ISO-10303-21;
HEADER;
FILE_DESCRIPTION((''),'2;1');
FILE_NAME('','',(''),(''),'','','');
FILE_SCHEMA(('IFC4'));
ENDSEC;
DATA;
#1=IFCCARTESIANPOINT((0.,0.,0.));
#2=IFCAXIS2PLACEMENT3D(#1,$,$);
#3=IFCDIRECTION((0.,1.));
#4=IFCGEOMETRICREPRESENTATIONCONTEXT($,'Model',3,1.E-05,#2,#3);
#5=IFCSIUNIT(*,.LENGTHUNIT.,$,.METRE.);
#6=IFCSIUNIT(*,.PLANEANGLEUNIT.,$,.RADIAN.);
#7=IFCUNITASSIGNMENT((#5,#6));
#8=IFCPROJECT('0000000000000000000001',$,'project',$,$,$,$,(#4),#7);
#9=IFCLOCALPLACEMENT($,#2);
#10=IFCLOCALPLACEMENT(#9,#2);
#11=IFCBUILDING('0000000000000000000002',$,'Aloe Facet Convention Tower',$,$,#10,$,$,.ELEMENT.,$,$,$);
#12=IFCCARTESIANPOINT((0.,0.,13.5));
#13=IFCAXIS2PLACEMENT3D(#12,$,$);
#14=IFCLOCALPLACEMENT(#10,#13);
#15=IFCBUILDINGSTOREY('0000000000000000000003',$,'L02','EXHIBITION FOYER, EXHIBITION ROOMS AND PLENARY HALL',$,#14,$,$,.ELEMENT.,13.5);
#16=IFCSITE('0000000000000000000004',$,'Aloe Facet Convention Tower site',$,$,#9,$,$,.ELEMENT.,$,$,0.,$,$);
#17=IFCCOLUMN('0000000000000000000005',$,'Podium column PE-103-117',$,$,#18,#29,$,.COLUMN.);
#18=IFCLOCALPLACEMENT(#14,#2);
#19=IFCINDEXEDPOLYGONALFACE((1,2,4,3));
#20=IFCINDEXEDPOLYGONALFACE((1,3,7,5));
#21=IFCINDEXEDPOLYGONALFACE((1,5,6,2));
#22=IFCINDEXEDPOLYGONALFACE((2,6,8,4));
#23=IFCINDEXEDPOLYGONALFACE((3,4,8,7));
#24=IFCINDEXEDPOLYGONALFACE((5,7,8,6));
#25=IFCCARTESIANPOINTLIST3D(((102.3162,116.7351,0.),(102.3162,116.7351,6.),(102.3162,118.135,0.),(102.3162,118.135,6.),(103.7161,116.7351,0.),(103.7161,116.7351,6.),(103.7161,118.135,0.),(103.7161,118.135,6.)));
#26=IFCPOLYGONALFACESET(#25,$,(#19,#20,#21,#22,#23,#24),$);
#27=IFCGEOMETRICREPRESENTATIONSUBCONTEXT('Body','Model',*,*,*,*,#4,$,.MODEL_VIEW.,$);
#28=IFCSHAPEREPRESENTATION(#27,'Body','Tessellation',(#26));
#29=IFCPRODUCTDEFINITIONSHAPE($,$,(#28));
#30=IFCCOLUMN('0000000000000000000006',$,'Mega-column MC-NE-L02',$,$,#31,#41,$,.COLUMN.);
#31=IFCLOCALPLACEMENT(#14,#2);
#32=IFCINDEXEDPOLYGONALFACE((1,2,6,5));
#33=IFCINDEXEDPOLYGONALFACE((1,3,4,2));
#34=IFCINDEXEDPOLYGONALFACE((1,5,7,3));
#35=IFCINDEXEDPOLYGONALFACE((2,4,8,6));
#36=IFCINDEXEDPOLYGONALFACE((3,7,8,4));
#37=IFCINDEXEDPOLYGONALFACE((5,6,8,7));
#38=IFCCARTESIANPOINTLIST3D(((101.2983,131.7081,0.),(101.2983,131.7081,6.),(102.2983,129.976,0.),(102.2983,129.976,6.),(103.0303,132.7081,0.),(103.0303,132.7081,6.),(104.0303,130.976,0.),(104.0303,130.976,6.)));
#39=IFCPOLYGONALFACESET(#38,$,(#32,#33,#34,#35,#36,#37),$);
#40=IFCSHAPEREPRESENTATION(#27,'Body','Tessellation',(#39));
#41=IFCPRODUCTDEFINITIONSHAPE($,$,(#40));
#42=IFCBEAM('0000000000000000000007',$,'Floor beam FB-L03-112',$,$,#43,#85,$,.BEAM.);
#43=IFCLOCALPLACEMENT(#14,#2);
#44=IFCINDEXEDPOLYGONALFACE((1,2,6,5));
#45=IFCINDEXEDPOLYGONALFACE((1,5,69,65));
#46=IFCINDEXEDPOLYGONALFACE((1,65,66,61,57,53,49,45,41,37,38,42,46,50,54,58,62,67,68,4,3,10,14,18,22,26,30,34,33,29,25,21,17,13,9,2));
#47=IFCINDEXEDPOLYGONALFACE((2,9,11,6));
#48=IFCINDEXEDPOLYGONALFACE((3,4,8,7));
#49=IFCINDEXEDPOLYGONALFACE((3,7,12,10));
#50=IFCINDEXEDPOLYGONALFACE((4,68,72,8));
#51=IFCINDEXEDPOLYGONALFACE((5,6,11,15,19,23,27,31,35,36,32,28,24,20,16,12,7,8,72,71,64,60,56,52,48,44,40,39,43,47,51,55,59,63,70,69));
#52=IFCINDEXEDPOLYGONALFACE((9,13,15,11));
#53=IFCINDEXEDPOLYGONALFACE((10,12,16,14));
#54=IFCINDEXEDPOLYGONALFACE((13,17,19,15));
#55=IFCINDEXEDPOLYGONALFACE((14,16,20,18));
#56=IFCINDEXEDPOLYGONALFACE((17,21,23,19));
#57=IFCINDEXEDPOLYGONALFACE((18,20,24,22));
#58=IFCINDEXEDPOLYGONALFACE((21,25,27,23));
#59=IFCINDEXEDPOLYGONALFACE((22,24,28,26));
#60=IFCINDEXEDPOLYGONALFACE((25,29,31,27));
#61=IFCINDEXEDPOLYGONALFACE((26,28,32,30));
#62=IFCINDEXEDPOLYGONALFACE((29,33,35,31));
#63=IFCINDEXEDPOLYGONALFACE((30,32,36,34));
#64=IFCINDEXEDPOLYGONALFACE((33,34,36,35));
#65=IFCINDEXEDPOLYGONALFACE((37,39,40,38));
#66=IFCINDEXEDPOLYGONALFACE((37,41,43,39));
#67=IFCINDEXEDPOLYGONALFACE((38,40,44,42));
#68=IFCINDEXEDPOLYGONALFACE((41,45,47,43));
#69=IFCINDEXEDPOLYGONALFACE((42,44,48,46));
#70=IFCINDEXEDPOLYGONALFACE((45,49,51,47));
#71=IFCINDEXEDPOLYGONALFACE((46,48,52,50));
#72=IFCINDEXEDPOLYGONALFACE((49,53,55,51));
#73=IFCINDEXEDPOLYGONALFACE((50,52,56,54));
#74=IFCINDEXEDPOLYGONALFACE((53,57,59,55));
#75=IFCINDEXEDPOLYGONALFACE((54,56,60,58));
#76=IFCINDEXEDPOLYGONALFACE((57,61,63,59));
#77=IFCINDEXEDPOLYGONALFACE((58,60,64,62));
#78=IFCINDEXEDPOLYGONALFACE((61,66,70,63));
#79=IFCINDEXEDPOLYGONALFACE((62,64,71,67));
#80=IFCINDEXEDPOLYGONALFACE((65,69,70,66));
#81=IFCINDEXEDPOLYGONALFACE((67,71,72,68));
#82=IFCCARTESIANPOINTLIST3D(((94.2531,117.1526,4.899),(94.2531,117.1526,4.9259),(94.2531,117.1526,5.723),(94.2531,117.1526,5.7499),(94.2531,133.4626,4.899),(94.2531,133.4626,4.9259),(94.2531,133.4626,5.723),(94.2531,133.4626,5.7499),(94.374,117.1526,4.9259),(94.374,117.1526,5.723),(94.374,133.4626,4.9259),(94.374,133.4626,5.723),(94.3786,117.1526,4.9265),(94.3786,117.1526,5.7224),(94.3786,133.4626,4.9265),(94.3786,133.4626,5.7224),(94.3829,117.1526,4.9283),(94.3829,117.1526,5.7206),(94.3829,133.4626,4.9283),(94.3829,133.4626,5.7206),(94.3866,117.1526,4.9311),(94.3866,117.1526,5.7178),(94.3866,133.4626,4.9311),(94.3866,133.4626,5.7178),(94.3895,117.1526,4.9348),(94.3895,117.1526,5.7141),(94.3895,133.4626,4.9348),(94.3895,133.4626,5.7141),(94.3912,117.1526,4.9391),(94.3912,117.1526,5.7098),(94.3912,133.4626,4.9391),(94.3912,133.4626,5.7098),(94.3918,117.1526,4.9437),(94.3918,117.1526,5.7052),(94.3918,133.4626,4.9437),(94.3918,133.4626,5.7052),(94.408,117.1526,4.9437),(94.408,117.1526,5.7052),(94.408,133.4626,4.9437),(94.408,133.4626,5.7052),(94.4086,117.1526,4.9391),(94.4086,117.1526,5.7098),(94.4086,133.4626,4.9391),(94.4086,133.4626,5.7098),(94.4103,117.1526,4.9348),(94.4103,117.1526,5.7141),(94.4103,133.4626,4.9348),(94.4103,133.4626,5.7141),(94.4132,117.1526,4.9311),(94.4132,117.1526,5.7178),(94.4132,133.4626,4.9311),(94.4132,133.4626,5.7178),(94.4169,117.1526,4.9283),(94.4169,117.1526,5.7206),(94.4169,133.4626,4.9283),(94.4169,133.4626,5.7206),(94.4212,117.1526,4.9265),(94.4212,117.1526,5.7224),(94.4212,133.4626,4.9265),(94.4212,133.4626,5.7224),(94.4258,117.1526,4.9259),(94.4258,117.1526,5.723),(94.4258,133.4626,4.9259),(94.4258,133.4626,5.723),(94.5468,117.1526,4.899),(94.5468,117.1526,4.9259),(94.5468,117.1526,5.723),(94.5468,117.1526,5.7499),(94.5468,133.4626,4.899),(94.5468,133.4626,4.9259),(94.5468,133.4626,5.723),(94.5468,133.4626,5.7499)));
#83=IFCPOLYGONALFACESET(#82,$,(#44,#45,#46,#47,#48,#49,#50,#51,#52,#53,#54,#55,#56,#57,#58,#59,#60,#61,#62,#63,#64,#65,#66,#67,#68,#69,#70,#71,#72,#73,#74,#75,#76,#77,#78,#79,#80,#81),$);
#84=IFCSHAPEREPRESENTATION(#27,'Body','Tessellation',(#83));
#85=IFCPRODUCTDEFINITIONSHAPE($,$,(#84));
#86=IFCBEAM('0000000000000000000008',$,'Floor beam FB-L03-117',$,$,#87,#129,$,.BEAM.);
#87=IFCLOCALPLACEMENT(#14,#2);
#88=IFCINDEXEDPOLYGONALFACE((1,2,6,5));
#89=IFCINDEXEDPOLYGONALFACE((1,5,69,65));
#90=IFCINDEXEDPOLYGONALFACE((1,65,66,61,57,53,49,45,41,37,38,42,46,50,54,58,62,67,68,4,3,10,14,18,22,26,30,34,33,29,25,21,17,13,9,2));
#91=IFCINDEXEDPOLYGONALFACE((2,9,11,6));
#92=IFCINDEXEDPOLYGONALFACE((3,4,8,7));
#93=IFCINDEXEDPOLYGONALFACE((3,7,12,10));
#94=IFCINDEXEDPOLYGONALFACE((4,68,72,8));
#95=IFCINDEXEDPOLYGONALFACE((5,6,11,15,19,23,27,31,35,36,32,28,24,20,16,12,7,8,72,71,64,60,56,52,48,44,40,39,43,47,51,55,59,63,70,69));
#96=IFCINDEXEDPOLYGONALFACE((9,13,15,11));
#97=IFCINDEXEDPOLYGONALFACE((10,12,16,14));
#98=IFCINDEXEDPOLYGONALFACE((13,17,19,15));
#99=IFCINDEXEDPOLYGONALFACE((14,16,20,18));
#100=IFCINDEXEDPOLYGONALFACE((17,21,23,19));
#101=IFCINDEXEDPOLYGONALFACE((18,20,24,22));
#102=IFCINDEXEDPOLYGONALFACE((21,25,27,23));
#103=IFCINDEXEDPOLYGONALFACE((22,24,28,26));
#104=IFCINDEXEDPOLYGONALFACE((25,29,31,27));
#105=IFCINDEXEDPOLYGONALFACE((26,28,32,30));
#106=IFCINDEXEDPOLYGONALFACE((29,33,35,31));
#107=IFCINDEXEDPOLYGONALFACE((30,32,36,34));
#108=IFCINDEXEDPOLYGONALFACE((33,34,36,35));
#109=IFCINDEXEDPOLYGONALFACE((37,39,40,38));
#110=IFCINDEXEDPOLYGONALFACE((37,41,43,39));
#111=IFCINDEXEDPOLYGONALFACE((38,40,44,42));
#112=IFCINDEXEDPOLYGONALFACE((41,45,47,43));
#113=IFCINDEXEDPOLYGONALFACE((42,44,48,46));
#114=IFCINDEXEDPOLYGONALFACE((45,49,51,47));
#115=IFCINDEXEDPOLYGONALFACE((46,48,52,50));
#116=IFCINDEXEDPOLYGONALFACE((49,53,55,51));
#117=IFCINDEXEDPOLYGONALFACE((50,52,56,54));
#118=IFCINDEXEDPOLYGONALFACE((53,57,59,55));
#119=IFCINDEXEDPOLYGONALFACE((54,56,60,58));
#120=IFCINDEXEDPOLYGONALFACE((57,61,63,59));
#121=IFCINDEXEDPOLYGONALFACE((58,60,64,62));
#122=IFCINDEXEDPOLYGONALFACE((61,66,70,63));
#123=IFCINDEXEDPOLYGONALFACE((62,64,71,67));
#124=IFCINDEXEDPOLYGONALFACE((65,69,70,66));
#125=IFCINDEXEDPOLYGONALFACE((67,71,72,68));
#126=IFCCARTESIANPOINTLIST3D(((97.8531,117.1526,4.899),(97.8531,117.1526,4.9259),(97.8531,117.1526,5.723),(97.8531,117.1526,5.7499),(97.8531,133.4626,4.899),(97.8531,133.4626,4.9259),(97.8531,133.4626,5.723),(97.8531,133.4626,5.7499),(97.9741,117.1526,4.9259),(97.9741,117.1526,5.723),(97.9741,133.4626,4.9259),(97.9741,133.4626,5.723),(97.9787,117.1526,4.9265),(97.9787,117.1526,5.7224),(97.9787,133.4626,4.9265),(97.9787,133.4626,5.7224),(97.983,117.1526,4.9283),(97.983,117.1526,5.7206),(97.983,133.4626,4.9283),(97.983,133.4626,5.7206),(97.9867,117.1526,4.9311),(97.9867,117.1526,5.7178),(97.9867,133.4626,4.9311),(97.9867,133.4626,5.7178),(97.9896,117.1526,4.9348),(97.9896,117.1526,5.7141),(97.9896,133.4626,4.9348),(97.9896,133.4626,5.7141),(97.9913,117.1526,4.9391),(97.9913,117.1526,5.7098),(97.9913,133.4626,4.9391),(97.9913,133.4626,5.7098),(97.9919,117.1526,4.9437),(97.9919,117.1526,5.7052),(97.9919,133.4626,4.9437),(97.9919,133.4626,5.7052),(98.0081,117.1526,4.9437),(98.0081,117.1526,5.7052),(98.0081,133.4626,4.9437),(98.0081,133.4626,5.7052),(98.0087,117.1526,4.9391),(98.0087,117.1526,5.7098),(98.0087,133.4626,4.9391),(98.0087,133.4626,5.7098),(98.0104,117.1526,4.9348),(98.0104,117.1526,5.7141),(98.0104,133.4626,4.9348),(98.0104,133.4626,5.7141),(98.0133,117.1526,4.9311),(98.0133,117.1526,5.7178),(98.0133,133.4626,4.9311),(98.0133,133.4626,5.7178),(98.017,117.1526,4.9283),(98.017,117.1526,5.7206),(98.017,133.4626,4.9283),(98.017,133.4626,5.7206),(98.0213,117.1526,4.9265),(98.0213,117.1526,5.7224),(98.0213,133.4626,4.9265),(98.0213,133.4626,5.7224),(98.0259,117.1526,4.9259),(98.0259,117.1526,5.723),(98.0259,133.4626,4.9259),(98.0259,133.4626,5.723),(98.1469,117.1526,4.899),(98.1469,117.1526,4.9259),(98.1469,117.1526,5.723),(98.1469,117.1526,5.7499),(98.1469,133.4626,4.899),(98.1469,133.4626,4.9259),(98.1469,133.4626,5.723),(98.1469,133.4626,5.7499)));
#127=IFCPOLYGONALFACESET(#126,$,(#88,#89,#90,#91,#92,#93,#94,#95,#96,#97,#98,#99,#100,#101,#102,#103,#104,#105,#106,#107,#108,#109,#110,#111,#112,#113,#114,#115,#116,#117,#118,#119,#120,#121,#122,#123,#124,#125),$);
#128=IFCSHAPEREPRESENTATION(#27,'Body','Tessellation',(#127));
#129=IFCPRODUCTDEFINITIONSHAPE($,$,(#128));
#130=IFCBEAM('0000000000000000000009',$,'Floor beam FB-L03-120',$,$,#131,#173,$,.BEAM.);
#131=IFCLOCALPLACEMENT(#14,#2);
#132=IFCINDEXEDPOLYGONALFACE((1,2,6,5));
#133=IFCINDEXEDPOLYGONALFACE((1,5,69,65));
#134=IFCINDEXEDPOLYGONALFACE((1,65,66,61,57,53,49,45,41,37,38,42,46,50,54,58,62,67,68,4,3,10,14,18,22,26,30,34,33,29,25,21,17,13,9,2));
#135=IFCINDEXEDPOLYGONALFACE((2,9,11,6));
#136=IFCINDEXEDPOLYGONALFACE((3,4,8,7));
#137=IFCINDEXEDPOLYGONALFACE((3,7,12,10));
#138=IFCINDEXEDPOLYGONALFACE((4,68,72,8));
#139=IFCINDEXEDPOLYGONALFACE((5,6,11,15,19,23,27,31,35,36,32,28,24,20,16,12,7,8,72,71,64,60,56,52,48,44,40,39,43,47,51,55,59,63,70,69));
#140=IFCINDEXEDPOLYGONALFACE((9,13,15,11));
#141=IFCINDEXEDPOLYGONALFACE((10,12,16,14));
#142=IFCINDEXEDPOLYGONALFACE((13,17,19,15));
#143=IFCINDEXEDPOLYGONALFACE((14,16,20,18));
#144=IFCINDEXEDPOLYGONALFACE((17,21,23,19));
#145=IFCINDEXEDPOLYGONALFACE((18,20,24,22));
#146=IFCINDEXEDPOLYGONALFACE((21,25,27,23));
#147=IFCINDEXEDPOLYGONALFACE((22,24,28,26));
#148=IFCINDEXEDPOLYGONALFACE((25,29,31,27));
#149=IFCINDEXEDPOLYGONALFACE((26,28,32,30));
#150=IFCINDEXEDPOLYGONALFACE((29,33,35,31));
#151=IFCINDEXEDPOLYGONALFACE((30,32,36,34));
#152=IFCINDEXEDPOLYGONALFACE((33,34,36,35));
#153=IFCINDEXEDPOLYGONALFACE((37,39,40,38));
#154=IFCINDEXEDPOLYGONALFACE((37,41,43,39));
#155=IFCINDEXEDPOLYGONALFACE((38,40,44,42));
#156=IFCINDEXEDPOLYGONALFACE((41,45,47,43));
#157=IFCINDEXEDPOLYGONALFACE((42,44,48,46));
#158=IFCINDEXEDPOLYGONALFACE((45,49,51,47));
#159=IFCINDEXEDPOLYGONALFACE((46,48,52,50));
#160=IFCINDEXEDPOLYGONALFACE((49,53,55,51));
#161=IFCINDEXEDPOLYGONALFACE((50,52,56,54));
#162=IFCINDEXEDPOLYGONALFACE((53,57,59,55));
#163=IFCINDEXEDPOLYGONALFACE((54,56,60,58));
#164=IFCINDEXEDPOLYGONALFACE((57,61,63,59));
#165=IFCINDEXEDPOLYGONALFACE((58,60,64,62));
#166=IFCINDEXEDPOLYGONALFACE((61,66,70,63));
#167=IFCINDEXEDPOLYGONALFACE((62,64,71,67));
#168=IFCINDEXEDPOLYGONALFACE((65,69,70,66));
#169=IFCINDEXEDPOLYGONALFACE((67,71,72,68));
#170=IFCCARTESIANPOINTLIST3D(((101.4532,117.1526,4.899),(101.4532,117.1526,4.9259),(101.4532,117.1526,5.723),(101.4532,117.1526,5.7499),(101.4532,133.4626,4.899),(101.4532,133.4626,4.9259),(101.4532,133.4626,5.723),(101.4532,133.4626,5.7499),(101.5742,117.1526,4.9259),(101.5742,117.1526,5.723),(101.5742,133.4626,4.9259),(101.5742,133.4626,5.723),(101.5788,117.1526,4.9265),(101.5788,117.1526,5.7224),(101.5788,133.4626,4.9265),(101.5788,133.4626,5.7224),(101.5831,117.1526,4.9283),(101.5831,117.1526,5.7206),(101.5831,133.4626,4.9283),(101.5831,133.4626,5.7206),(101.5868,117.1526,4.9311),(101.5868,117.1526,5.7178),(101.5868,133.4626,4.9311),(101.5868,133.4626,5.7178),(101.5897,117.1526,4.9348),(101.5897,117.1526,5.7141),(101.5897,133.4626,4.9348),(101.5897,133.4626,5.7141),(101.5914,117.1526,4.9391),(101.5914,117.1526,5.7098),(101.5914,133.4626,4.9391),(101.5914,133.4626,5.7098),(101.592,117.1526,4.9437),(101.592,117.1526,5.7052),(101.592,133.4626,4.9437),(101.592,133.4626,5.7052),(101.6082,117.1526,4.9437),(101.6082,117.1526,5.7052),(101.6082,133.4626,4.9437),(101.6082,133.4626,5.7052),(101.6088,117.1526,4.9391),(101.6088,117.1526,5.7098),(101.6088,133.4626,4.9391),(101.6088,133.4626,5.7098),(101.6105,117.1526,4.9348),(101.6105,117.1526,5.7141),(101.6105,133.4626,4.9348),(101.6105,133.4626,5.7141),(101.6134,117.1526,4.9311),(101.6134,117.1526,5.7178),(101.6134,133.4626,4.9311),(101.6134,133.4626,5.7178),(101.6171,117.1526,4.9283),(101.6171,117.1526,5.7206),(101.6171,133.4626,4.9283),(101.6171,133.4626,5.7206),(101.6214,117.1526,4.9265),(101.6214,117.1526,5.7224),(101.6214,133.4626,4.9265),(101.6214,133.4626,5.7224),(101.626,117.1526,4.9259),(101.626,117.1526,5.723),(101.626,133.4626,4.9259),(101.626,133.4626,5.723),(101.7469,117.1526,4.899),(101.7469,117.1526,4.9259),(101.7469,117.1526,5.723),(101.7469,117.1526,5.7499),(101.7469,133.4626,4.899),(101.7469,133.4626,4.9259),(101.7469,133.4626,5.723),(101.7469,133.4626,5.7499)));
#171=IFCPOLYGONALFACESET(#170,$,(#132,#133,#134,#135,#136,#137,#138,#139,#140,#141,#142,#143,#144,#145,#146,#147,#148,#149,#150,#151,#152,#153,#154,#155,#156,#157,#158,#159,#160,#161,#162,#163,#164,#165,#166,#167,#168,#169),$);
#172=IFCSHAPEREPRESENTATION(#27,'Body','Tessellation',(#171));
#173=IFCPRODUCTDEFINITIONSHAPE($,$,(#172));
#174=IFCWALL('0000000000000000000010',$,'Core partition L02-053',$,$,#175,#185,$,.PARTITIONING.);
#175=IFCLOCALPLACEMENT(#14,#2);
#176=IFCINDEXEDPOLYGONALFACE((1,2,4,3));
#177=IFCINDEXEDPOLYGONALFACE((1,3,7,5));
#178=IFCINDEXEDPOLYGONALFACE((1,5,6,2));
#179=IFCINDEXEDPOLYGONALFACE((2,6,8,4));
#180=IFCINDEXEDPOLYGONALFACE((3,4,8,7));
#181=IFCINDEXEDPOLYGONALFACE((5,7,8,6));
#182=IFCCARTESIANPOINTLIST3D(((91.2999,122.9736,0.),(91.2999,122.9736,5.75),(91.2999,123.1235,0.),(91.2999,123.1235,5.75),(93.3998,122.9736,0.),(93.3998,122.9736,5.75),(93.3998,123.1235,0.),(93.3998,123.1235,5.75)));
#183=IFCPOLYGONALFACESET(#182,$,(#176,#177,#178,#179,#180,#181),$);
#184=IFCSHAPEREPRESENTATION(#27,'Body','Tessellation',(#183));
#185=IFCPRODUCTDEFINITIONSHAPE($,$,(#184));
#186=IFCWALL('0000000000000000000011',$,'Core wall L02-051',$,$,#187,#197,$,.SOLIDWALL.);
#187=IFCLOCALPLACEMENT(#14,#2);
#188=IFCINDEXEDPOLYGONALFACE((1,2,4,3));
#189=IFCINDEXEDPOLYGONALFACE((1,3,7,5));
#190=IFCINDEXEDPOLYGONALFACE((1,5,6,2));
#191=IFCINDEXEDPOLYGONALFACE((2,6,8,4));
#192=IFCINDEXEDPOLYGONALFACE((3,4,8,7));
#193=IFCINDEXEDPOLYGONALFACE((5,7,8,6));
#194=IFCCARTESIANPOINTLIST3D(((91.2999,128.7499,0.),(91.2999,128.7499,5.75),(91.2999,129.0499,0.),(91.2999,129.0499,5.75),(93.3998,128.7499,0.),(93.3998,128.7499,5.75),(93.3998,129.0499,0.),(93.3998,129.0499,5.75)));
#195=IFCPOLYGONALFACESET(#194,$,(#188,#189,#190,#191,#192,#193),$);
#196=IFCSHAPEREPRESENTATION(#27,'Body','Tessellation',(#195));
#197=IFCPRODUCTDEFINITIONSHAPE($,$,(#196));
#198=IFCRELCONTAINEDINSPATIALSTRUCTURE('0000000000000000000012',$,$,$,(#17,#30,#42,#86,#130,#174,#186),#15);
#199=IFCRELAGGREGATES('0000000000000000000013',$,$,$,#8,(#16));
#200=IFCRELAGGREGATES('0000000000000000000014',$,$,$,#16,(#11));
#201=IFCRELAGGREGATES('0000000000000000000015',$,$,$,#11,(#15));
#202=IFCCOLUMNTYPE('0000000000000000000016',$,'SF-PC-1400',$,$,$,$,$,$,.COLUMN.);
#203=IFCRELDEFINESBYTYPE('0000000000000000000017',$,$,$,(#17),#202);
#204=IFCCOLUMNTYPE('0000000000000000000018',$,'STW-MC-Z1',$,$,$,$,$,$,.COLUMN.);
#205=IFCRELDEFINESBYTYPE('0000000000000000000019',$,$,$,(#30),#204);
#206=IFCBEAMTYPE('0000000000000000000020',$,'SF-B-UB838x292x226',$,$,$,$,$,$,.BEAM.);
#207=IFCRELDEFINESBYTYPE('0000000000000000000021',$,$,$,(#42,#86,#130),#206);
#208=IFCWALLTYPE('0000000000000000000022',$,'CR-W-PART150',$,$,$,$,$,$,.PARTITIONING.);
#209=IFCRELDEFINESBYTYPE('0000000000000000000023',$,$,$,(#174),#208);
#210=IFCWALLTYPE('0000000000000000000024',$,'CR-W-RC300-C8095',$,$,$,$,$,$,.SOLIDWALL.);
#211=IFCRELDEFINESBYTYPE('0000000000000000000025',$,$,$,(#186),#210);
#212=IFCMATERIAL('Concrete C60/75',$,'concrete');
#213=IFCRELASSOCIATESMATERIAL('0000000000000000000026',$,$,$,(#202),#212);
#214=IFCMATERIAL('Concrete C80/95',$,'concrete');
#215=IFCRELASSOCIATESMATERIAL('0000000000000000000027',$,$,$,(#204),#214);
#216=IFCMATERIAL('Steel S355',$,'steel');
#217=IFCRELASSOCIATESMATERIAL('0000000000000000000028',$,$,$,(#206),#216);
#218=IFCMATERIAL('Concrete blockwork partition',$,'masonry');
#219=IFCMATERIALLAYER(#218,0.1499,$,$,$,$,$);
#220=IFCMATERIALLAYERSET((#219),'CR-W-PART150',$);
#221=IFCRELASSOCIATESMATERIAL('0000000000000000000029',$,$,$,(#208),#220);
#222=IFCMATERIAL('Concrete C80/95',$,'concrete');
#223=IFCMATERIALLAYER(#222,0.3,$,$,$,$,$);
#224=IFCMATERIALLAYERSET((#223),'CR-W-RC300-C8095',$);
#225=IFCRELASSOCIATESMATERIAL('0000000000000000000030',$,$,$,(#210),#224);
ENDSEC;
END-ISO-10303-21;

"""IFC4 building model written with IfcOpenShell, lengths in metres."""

from ifc_helpers import new_model, si_unit, direction, frame, frame_2d, origin, origin_2d, place, context, subcontext, project, spatial, rectangle, i_section, extrude, material, layer, layer_set, material_profile, profile_set, type_object, element, save


model = new_model("IFC4")

# Units and contexts
model_context = context("Model", 3, precision=1e-05, world=origin(), true_north=direction((0.0, 1.0)))
body_context = subcontext(model_context, "Body", "Model", "MODEL_VIEW")
ifc_project = project(units=[si_unit("LENGTHUNIT", "METRE"), si_unit("PLANEANGLEUNIT", "RADIAN")], contexts=[model_context])

# Site, building, storey
site_placement = place(None, origin())
site = spatial("IfcSite", under=ifc_project, at=site_placement, Name="Aloe Facet Convention Tower site", CompositionType="ELEMENT", RefElevation=0.0)
building_placement = place(site_placement, origin())
building = spatial("IfcBuilding", under=site, at=building_placement, Name="Aloe Facet Convention Tower", CompositionType="ELEMENT")
storey_placement = place(building_placement, frame((0.0, 0.0, 13.5)))
storey = spatial("IfcBuildingStorey", under=building, at=storey_placement, Name="L02", Description="EXHIBITION FOYER, EXHIBITION ROOMS AND PLENARY HALL", CompositionType="ELEMENT", Elevation=13.5)

# Columns
ifc_material_1 = material(Name="Concrete C60/75", Category="concrete")
ifc_material_profile_1 = material_profile(ifc_material_1, rectangle(XDim=1.3999, YDim=1.3999, at=origin_2d()), Name="SF-PC-1400")
ifc_profile_set_1 = profile_set([ifc_material_profile_1], Name="Concrete C60/75")
column_type_1 = type_object("IfcColumnType", Name="SF-PC-1400", PredefinedType="COLUMN", material=ifc_profile_set_1)
column_1_placement = place(storey_placement, frame((103.0161, 117.4351, 0.0), z_axis=(0.0, 0.0, 1.0), x_axis=(1.0, 0.0, 0.0)))
element("IfcColumn", 1, at=column_1_placement, inside=storey, type_object=column_type_1, Name="Podium column PE-103-117", PredefinedType="COLUMN", context=body_context, shape_type="SweptSolid", body=[
    extrude(rectangle(XDim=1.3999, YDim=1.3999, at=origin_2d()), origin(), (0.0, 0.0, 1.0), 6.0),
])
ifc_material_2 = material(Name="Concrete C80/95", Category="concrete")
ifc_material_profile_2 = material_profile(ifc_material_2, rectangle(XDim=2.0, YDim=2.0, at=origin_2d()), Name="STW-MC-Z1")
ifc_profile_set_2 = profile_set([ifc_material_profile_2], Name="Concrete C80/95")
column_type_2 = type_object("IfcColumnType", Name="STW-MC-Z1", PredefinedType="COLUMN", material=ifc_profile_set_2)
column_2_placement = place(storey_placement, frame((102.6643, 131.342, 0.0), z_axis=(0.0, 0.0, 1.0), x_axis=(-0.5, 0.866025, 0.0)))
element("IfcColumn", 2, at=column_2_placement, inside=storey, type_object=column_type_2, Name="Mega-column MC-NE-L02", PredefinedType="COLUMN", context=body_context, shape_type="SweptSolid", body=[
    extrude(rectangle(XDim=2.0, YDim=2.0, at=origin_2d()), origin(), (0.0, 0.0, 1.0), 6.0),
])

# Beams
ifc_material_3 = material(Name="Steel S355", Category="steel")
ifc_material_profile_3 = material_profile(ifc_material_3, i_section(OverallWidth=0.2937, OverallDepth=0.8508, WebThickness=0.0161, FlangeThickness=0.0269, FilletRadius=0.0178, at=origin_2d()), Name="UB 838x292x226")
ifc_profile_set_3 = profile_set([ifc_material_profile_3], Name="Steel S355")
beam_type = type_object("IfcBeamType", Name="SF-B-UB838x292x226", PredefinedType="BEAM", material=ifc_profile_set_3)
for number, where, z_axis, x_axis, name in (
    (3, (94.3999, 117.1526, 5.3245), (0.0, 1.0, 0.0), (-1.0, 0.0, 0.0), "Floor beam FB-L03-112"),
    (4, (98.0, 117.1526, 5.3245), (0.0, 1.0, 0.0), (-1.0, 0.0, 0.0), "Floor beam FB-L03-117"),
    (5, (101.6001, 117.1526, 5.3245), (0.0, 1.0, 0.0), (-1.0, 0.0, 0.0), "Floor beam FB-L03-120"),
):
    element("IfcBeam", number, at=place(storey_placement, frame(where, z_axis=z_axis, x_axis=x_axis)), inside=storey, type_object=beam_type, Name=name, PredefinedType="BEAM", context=body_context, shape_type="SweptSolid", body=[
        extrude(i_section(OverallWidth=0.2937, OverallDepth=0.8508, WebThickness=0.0161, FlangeThickness=0.0269, FilletRadius=0.0178, at=origin_2d()), origin(), (0.0, 0.0, 1.0), 16.3101),
    ])

# Walls
ifc_material_4 = material(Name="Concrete blockwork partition", Category="masonry")
ifc_layer_1 = layer(ifc_material_4, 0.1499)
ifc_layer_set_1 = layer_set([ifc_layer_1], Name="CR-W-PART150")
wall_type_1 = type_object("IfcWallType", Name="CR-W-PART150", PredefinedType="PARTITIONING", material=ifc_layer_set_1)
wall_1_placement = place(storey_placement, frame((91.3, 123.0486, 0.0), z_axis=(0.0, 0.0, 1.0), x_axis=(1.0, 0.0, 0.0)))
element("IfcWall", 6, at=wall_1_placement, inside=storey, type_object=wall_type_1, Name="Core partition L02-053", PredefinedType="PARTITIONING", context=body_context, shape_type="SweptSolid", body=[
    extrude(rectangle(XDim=2.0999, YDim=0.1499, at=frame_2d((1.0498, 0.0))), origin(), (0.0, 0.0, 1.0), 5.75),
])
ifc_material_5 = material(Name="Concrete C80/95", Category="concrete")
ifc_layer_2 = layer(ifc_material_5, 0.3)
ifc_layer_set_2 = layer_set([ifc_layer_2], Name="CR-W-RC300-C8095")
wall_type_2 = type_object("IfcWallType", Name="CR-W-RC300-C8095", PredefinedType="SOLIDWALL", material=ifc_layer_set_2)
wall_2_placement = place(storey_placement, frame((91.3, 128.8999, 0.0), z_axis=(0.0, 0.0, 1.0), x_axis=(1.0, 0.0, 0.0)))
element("IfcWall", 7, at=wall_2_placement, inside=storey, type_object=wall_type_2, Name="Core wall L02-051", PredefinedType="SOLIDWALL", context=body_context, shape_type="SweptSolid", body=[
    extrude(rectangle(XDim=2.0999, YDim=0.3, at=frame_2d((1.0498, 0.0))), origin(), (0.0, 0.0, 1.0), 5.75),
])

save(model, "model.ifc")
